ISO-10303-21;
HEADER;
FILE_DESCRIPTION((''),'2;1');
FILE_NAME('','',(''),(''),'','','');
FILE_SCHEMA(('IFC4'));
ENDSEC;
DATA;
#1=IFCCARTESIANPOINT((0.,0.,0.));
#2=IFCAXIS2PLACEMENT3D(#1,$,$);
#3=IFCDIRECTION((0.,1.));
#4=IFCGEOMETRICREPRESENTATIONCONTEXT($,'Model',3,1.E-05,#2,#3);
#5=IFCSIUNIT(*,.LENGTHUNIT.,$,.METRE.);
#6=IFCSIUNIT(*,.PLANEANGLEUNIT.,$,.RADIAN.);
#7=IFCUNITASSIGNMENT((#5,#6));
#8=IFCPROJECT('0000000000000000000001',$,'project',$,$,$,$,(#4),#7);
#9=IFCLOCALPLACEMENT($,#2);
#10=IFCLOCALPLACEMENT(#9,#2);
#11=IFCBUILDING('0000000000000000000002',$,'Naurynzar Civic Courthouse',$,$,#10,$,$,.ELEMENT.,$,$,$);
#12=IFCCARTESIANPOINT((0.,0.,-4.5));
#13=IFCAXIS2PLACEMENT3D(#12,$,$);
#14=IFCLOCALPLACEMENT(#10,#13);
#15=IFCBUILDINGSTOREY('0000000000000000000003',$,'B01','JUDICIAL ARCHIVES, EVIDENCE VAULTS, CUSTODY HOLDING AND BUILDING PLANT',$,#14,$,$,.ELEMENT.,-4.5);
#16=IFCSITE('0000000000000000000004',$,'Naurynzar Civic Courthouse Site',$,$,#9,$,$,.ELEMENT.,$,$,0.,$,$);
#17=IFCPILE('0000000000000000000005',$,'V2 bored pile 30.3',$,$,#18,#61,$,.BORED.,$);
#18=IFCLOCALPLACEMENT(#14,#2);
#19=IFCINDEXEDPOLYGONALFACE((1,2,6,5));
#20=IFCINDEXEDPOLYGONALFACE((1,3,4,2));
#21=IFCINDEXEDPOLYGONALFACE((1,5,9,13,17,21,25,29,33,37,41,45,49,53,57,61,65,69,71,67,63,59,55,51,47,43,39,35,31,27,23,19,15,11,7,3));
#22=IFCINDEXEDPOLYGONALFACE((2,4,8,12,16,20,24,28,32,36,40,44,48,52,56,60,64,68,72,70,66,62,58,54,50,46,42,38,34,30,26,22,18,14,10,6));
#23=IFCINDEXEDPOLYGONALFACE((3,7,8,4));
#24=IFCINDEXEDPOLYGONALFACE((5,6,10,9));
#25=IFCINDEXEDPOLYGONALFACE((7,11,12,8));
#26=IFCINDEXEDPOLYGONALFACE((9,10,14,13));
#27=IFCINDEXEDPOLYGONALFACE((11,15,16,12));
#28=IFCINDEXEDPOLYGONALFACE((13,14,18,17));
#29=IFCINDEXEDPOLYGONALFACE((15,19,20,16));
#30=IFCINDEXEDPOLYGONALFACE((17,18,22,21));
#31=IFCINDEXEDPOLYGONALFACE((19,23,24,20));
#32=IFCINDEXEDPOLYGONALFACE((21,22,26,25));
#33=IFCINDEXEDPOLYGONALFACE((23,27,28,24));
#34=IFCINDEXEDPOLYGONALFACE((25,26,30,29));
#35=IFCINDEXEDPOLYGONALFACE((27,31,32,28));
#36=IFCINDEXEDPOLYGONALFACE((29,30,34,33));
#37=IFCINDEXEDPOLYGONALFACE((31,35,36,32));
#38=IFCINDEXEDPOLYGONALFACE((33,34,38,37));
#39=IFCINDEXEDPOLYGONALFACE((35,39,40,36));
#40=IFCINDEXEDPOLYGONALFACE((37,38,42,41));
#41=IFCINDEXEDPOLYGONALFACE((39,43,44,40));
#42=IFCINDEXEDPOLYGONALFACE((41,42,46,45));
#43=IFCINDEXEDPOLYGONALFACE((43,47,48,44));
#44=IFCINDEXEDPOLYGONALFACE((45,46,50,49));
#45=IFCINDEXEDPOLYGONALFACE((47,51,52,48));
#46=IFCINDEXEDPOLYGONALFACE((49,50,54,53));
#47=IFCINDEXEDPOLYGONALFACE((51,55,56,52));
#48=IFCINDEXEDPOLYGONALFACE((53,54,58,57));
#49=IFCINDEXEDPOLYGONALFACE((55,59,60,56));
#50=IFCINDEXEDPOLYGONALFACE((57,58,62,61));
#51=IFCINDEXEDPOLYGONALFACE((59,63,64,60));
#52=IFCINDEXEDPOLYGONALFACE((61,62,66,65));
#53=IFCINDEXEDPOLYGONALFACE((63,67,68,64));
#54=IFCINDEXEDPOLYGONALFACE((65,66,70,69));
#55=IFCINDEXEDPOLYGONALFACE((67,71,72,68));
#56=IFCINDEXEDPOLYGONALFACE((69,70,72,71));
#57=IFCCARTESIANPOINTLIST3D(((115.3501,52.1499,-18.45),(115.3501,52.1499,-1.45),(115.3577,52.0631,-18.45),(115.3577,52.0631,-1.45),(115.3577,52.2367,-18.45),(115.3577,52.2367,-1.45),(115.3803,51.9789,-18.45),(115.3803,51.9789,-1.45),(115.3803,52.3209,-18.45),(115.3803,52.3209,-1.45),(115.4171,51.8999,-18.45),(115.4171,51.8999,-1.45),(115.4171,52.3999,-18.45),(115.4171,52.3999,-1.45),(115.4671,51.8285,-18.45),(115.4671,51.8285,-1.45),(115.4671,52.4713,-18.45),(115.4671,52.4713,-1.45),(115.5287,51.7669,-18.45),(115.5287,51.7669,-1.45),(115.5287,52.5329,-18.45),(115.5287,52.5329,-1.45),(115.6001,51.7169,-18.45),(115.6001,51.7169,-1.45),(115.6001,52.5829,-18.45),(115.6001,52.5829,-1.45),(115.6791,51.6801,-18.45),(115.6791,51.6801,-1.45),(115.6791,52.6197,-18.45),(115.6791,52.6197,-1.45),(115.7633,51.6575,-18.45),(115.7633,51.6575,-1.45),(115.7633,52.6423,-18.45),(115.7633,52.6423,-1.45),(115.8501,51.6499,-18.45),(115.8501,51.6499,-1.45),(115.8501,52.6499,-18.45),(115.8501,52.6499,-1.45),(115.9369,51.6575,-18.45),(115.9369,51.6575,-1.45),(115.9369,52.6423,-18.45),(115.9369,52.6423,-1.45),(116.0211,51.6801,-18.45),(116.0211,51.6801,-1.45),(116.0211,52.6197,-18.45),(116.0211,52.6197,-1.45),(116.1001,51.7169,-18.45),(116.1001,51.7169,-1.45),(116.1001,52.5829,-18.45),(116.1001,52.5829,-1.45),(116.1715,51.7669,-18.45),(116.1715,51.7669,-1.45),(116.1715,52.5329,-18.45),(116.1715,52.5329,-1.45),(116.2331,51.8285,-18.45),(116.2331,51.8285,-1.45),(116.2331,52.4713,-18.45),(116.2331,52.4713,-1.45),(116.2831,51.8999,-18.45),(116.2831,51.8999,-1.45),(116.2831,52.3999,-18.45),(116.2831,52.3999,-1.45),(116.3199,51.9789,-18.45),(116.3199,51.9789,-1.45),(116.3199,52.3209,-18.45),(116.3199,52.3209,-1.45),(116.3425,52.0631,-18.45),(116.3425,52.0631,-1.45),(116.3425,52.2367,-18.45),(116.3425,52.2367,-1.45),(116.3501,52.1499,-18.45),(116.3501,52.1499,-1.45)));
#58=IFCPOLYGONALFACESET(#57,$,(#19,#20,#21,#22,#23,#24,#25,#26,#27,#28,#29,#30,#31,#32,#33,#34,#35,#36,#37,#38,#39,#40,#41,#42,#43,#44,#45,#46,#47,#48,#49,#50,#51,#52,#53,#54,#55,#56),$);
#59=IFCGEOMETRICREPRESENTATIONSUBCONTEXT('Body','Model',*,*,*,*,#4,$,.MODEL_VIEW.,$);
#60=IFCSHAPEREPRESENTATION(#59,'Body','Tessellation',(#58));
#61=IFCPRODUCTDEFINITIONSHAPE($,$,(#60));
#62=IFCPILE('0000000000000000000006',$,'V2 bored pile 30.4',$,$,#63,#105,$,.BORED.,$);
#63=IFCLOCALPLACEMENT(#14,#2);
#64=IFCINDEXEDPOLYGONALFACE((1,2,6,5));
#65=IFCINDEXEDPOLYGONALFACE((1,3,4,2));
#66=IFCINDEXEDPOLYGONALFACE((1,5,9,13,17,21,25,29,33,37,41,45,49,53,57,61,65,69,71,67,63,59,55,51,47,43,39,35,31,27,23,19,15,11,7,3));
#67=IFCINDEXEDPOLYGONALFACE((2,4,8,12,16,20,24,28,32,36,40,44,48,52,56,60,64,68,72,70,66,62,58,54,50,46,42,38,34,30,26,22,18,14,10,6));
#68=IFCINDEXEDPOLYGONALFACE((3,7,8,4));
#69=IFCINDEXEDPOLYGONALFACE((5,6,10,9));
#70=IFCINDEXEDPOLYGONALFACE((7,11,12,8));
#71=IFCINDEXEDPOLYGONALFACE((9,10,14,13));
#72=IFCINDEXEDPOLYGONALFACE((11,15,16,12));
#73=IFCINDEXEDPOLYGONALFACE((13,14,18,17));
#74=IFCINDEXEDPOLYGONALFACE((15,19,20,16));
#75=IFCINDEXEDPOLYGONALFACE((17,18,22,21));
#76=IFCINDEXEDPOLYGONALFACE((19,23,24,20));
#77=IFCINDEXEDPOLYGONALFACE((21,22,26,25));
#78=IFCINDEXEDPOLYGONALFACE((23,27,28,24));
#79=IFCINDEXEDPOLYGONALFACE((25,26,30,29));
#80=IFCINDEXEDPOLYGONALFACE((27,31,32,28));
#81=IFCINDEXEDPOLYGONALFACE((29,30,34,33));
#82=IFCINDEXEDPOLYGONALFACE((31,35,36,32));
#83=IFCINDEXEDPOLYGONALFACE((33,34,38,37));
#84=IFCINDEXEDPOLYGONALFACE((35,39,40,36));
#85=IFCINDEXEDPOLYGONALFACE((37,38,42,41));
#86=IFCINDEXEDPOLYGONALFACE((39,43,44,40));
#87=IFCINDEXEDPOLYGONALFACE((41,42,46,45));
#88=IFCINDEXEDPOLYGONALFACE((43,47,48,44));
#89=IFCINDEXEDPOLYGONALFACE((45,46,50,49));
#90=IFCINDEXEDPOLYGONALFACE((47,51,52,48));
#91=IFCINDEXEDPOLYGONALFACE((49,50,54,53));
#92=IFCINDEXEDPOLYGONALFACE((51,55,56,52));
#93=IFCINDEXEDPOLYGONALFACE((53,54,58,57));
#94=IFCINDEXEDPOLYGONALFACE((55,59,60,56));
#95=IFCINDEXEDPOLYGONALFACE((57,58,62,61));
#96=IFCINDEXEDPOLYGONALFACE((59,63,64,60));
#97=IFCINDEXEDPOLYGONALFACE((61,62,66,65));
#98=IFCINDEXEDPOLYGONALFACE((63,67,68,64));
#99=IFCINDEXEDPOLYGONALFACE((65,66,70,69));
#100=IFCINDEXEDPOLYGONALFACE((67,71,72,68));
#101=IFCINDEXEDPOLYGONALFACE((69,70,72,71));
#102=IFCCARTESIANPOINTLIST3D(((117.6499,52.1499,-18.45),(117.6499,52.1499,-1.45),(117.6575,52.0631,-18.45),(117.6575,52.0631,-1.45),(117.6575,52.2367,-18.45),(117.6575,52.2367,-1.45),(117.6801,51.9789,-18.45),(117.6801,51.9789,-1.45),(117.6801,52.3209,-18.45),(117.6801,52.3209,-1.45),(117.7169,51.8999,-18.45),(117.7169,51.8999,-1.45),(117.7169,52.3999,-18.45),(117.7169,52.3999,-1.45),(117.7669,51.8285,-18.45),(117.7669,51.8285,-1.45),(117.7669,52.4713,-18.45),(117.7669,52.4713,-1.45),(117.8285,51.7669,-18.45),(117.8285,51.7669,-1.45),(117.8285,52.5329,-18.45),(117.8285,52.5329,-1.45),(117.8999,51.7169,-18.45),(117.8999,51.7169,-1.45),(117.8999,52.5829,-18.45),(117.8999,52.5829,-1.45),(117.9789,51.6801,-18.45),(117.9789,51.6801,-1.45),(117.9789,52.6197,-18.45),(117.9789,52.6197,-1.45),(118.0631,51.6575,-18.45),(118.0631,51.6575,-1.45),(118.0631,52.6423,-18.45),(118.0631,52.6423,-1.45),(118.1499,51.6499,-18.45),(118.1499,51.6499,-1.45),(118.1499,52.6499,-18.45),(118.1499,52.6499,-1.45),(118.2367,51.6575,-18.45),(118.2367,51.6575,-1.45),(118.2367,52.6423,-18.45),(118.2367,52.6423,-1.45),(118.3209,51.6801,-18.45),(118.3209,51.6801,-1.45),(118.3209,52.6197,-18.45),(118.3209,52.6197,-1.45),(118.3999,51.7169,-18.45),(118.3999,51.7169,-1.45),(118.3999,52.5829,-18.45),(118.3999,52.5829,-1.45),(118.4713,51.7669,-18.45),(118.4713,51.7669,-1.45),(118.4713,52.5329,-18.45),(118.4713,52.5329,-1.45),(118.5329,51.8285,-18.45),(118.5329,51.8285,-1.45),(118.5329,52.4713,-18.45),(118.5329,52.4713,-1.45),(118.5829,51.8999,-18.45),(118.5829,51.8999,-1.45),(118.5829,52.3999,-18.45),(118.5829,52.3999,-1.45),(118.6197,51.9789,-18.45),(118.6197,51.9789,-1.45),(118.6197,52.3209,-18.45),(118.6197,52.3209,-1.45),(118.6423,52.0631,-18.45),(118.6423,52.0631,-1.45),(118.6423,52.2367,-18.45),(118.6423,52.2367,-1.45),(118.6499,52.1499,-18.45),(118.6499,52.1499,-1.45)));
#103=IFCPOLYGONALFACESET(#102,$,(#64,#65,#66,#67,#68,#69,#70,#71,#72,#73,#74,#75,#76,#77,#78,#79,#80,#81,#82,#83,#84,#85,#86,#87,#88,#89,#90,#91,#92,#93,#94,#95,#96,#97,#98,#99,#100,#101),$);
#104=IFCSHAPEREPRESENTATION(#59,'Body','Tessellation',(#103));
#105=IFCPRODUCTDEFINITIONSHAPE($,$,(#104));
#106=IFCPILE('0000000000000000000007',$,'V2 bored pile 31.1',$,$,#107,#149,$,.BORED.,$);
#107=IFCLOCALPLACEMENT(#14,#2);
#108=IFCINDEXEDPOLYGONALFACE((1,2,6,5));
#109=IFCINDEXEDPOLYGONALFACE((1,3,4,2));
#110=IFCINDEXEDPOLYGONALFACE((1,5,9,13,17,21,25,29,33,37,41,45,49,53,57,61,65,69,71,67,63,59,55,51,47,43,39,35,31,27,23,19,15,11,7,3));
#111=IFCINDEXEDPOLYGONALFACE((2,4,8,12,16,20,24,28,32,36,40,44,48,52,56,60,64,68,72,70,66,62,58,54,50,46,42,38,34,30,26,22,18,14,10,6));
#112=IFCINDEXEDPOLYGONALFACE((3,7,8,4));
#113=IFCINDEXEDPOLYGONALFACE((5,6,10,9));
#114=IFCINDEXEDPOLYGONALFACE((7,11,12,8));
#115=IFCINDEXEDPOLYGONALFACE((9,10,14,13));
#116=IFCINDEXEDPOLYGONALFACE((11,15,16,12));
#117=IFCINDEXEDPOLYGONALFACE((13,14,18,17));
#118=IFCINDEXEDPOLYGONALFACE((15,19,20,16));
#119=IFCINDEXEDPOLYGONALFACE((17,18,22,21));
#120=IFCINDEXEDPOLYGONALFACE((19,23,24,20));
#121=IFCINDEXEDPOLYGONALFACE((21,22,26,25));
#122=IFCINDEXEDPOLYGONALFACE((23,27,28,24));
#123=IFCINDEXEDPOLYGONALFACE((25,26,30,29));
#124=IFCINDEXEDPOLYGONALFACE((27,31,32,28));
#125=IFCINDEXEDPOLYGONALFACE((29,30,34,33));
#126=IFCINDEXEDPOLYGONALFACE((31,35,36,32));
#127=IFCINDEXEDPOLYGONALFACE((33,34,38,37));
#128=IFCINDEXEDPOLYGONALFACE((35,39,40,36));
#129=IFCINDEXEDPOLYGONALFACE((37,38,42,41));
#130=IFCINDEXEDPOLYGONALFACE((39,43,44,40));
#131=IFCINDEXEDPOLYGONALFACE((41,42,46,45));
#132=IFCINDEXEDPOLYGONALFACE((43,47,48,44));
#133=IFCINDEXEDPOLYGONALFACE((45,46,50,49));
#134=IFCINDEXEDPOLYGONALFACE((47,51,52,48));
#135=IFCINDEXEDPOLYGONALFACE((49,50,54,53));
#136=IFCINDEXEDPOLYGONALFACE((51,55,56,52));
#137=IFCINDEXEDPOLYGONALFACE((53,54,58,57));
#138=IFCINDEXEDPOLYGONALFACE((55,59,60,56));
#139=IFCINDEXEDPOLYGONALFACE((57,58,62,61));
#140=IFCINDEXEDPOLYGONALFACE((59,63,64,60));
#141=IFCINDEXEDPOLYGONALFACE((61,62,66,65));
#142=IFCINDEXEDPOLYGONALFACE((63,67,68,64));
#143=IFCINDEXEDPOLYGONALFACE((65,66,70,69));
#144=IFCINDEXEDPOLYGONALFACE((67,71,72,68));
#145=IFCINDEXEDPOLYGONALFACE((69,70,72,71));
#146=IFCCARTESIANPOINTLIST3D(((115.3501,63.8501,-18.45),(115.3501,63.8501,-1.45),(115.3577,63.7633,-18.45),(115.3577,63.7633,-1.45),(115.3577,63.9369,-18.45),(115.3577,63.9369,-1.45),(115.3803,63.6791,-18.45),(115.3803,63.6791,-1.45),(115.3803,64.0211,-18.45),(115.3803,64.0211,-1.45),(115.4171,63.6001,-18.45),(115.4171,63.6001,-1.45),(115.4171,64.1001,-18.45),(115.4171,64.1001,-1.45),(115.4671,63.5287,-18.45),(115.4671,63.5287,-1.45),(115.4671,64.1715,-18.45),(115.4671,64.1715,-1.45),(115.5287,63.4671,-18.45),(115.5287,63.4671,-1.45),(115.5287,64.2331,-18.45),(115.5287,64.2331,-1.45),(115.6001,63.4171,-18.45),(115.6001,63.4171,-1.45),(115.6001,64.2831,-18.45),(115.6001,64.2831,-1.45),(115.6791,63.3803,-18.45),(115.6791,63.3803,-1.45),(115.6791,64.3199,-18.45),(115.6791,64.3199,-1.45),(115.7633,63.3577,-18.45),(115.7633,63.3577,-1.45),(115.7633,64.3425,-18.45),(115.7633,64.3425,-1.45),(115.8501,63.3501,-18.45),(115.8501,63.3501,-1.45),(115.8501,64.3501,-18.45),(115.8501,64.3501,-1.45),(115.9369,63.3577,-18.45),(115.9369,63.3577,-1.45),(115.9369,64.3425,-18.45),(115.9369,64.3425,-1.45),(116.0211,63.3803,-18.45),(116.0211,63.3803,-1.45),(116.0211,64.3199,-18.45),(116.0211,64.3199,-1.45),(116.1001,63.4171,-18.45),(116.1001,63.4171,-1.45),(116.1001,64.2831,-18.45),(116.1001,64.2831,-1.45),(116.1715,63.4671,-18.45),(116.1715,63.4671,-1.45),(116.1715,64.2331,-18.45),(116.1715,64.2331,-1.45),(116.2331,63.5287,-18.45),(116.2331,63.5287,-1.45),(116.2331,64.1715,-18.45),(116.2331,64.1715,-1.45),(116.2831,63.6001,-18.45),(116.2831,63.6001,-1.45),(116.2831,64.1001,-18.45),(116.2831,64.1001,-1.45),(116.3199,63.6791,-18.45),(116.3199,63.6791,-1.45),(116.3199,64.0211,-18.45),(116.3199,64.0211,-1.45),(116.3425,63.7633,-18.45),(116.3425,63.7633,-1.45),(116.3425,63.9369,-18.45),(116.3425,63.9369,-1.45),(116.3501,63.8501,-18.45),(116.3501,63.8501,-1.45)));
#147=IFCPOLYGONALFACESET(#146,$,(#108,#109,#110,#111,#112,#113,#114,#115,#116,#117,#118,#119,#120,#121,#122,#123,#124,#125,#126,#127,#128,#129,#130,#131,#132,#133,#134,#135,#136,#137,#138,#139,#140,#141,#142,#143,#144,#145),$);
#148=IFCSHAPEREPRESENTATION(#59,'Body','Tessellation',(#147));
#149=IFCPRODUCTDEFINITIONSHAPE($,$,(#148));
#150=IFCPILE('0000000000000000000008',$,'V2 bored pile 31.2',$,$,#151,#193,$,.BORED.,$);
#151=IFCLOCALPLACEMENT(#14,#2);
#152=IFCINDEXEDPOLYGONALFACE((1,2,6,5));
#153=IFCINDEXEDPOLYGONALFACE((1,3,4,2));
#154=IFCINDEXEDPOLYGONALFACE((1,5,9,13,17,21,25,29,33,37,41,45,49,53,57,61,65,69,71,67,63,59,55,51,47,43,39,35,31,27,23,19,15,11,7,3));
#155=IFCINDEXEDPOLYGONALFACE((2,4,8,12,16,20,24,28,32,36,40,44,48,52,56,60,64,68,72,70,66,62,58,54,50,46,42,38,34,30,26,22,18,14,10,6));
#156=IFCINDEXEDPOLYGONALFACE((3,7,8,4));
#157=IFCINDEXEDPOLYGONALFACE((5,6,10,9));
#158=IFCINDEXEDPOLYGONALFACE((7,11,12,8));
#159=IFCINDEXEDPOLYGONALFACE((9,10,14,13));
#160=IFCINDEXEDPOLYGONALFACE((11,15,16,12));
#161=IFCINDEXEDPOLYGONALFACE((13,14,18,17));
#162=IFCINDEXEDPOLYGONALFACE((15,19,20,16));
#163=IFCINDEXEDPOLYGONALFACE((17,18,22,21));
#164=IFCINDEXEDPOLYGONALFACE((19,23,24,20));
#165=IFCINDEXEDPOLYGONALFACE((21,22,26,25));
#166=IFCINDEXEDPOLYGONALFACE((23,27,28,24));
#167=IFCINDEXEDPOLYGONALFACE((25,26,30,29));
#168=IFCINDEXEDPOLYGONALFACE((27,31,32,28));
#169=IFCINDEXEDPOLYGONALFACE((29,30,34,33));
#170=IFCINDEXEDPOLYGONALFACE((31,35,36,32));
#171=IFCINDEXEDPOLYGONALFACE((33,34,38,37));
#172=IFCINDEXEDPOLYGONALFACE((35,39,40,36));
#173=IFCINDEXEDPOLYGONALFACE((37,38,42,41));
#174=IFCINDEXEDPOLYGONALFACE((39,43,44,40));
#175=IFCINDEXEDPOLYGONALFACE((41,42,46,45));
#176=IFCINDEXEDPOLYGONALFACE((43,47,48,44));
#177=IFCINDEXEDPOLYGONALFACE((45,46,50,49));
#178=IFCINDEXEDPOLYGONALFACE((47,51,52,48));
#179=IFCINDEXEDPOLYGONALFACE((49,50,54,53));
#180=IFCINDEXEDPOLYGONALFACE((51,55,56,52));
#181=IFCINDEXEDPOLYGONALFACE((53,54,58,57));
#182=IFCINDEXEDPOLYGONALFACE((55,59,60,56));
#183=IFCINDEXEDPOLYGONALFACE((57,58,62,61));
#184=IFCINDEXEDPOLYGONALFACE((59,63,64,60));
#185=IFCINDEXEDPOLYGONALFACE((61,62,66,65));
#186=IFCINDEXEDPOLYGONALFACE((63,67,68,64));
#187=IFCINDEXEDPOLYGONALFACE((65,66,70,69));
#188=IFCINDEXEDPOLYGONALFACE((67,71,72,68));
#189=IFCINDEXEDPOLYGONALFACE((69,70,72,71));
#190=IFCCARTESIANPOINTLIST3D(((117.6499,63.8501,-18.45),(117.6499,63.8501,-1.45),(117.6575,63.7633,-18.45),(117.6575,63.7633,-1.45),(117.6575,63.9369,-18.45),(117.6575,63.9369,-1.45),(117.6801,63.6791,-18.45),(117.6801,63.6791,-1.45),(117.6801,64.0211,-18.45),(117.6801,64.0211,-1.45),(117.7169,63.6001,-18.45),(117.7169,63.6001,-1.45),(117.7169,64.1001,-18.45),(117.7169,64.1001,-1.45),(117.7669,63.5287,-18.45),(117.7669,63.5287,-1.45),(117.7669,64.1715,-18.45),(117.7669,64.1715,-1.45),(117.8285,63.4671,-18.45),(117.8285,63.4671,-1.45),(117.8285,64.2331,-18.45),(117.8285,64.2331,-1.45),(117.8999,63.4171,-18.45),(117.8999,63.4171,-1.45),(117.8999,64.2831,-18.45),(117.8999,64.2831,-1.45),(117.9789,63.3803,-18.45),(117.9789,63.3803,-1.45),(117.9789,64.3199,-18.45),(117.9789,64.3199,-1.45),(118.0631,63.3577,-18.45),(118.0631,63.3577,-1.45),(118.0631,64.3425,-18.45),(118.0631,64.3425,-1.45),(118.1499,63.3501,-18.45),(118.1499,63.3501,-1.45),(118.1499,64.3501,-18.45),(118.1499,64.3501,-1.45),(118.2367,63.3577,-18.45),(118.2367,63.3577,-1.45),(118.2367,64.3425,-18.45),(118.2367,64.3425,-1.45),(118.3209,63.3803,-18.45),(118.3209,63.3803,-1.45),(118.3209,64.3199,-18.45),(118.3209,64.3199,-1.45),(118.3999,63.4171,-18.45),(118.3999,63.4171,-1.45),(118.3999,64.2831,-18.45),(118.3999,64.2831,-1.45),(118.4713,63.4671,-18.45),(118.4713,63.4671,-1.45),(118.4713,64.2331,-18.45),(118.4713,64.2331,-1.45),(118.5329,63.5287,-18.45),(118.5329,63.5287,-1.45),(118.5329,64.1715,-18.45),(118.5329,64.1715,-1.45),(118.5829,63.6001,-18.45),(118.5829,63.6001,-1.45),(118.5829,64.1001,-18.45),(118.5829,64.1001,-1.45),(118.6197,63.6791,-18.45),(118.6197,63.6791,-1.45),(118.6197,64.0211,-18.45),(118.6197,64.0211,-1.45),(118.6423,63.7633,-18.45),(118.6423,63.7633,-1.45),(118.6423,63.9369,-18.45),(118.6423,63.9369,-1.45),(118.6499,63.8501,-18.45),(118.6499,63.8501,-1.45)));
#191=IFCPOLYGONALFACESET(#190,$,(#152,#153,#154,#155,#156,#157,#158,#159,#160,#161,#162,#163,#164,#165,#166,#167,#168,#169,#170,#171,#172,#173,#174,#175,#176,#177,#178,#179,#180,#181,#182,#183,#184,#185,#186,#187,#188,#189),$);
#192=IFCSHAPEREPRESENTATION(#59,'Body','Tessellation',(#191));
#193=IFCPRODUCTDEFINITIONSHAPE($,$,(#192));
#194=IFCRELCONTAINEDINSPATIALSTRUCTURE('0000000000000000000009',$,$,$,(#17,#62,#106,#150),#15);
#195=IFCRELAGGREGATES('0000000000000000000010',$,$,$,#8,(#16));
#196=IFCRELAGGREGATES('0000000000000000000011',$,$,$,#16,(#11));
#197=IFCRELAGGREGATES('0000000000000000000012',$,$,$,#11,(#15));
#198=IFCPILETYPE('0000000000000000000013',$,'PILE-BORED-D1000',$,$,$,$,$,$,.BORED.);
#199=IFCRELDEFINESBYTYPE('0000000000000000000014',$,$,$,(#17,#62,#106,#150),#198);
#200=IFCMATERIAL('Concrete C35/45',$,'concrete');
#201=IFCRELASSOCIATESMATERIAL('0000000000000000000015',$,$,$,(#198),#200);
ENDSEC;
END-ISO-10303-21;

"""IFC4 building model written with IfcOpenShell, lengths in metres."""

from ifc_helpers import new_model, si_unit, direction, frame, origin, origin_2d, place, context, subcontext, project, spatial, circle, extrude, material, material_profile, profile_set, type_object, element, save


model = new_model("IFC4")

# Units and contexts
model_context = context("Model", 3, precision=1e-05, world=origin(), true_north=direction((0.0, 1.0)))
body_context = subcontext(model_context, "Body", "Model", "MODEL_VIEW")
ifc_project = project(units=[si_unit("LENGTHUNIT", "METRE"), si_unit("PLANEANGLEUNIT", "RADIAN")], contexts=[model_context])

# Site, building, storey
site_placement = place(None, origin())
site = spatial("IfcSite", under=ifc_project, at=site_placement, Name="Naurynzar Civic Courthouse Site", CompositionType="ELEMENT", RefElevation=0.0)
building_placement = place(site_placement, origin())
building = spatial("IfcBuilding", under=site, at=building_placement, Name="Naurynzar Civic Courthouse", CompositionType="ELEMENT")
storey_placement = place(building_placement, frame((0.0, 0.0, -4.5)))
storey = spatial("IfcBuildingStorey", under=building, at=storey_placement, Name="B01", Description="JUDICIAL ARCHIVES, EVIDENCE VAULTS, CUSTODY HOLDING AND BUILDING PLANT", CompositionType="ELEMENT", Elevation=-4.5)

# Piles
ifc_material_1 = material(Name="Concrete C35/45", Category="concrete")
ifc_material_profile_1 = material_profile(ifc_material_1, circle(Radius=0.5, at=origin_2d()), Name="PILE D1000")
ifc_profile_set_1 = profile_set([ifc_material_profile_1], Name="Concrete C35/45")
pile_type_1 = type_object("IfcPileType", Name="PILE-BORED-D1000", PredefinedType="BORED", material=ifc_profile_set_1)
for number, where, z_axis, x_axis, name in (
    (1, (115.8501, 52.1499, -1.45), (0.0, 0.0, -1.0), (1.0, 0.0, 0.0), "V2 bored pile 30.3"),
    (2, (118.1499, 52.1499, -1.45), (0.0, 0.0, -1.0), (1.0, 0.0, 0.0), "V2 bored pile 30.4"),
    (3, (115.8501, 63.8501, -1.45), (0.0, 0.0, -1.0), (1.0, 0.0, 0.0), "V2 bored pile 31.1"),
    (4, (118.1499, 63.8501, -1.45), (0.0, 0.0, -1.0), (1.0, 0.0, 0.0), "V2 bored pile 31.2"),
):
    element("IfcPile", number, at=place(storey_placement, frame(where, z_axis=z_axis, x_axis=x_axis)), inside=storey, type_object=pile_type_1, Name=name, PredefinedType="BORED", context=body_context, shape_type="SweptSolid", body=[
        extrude(circle(Radius=0.5, at=origin_2d()), origin(), (0.0, 0.0, 1.0), 17.0),
    ])

save(model, "model.ifc")
